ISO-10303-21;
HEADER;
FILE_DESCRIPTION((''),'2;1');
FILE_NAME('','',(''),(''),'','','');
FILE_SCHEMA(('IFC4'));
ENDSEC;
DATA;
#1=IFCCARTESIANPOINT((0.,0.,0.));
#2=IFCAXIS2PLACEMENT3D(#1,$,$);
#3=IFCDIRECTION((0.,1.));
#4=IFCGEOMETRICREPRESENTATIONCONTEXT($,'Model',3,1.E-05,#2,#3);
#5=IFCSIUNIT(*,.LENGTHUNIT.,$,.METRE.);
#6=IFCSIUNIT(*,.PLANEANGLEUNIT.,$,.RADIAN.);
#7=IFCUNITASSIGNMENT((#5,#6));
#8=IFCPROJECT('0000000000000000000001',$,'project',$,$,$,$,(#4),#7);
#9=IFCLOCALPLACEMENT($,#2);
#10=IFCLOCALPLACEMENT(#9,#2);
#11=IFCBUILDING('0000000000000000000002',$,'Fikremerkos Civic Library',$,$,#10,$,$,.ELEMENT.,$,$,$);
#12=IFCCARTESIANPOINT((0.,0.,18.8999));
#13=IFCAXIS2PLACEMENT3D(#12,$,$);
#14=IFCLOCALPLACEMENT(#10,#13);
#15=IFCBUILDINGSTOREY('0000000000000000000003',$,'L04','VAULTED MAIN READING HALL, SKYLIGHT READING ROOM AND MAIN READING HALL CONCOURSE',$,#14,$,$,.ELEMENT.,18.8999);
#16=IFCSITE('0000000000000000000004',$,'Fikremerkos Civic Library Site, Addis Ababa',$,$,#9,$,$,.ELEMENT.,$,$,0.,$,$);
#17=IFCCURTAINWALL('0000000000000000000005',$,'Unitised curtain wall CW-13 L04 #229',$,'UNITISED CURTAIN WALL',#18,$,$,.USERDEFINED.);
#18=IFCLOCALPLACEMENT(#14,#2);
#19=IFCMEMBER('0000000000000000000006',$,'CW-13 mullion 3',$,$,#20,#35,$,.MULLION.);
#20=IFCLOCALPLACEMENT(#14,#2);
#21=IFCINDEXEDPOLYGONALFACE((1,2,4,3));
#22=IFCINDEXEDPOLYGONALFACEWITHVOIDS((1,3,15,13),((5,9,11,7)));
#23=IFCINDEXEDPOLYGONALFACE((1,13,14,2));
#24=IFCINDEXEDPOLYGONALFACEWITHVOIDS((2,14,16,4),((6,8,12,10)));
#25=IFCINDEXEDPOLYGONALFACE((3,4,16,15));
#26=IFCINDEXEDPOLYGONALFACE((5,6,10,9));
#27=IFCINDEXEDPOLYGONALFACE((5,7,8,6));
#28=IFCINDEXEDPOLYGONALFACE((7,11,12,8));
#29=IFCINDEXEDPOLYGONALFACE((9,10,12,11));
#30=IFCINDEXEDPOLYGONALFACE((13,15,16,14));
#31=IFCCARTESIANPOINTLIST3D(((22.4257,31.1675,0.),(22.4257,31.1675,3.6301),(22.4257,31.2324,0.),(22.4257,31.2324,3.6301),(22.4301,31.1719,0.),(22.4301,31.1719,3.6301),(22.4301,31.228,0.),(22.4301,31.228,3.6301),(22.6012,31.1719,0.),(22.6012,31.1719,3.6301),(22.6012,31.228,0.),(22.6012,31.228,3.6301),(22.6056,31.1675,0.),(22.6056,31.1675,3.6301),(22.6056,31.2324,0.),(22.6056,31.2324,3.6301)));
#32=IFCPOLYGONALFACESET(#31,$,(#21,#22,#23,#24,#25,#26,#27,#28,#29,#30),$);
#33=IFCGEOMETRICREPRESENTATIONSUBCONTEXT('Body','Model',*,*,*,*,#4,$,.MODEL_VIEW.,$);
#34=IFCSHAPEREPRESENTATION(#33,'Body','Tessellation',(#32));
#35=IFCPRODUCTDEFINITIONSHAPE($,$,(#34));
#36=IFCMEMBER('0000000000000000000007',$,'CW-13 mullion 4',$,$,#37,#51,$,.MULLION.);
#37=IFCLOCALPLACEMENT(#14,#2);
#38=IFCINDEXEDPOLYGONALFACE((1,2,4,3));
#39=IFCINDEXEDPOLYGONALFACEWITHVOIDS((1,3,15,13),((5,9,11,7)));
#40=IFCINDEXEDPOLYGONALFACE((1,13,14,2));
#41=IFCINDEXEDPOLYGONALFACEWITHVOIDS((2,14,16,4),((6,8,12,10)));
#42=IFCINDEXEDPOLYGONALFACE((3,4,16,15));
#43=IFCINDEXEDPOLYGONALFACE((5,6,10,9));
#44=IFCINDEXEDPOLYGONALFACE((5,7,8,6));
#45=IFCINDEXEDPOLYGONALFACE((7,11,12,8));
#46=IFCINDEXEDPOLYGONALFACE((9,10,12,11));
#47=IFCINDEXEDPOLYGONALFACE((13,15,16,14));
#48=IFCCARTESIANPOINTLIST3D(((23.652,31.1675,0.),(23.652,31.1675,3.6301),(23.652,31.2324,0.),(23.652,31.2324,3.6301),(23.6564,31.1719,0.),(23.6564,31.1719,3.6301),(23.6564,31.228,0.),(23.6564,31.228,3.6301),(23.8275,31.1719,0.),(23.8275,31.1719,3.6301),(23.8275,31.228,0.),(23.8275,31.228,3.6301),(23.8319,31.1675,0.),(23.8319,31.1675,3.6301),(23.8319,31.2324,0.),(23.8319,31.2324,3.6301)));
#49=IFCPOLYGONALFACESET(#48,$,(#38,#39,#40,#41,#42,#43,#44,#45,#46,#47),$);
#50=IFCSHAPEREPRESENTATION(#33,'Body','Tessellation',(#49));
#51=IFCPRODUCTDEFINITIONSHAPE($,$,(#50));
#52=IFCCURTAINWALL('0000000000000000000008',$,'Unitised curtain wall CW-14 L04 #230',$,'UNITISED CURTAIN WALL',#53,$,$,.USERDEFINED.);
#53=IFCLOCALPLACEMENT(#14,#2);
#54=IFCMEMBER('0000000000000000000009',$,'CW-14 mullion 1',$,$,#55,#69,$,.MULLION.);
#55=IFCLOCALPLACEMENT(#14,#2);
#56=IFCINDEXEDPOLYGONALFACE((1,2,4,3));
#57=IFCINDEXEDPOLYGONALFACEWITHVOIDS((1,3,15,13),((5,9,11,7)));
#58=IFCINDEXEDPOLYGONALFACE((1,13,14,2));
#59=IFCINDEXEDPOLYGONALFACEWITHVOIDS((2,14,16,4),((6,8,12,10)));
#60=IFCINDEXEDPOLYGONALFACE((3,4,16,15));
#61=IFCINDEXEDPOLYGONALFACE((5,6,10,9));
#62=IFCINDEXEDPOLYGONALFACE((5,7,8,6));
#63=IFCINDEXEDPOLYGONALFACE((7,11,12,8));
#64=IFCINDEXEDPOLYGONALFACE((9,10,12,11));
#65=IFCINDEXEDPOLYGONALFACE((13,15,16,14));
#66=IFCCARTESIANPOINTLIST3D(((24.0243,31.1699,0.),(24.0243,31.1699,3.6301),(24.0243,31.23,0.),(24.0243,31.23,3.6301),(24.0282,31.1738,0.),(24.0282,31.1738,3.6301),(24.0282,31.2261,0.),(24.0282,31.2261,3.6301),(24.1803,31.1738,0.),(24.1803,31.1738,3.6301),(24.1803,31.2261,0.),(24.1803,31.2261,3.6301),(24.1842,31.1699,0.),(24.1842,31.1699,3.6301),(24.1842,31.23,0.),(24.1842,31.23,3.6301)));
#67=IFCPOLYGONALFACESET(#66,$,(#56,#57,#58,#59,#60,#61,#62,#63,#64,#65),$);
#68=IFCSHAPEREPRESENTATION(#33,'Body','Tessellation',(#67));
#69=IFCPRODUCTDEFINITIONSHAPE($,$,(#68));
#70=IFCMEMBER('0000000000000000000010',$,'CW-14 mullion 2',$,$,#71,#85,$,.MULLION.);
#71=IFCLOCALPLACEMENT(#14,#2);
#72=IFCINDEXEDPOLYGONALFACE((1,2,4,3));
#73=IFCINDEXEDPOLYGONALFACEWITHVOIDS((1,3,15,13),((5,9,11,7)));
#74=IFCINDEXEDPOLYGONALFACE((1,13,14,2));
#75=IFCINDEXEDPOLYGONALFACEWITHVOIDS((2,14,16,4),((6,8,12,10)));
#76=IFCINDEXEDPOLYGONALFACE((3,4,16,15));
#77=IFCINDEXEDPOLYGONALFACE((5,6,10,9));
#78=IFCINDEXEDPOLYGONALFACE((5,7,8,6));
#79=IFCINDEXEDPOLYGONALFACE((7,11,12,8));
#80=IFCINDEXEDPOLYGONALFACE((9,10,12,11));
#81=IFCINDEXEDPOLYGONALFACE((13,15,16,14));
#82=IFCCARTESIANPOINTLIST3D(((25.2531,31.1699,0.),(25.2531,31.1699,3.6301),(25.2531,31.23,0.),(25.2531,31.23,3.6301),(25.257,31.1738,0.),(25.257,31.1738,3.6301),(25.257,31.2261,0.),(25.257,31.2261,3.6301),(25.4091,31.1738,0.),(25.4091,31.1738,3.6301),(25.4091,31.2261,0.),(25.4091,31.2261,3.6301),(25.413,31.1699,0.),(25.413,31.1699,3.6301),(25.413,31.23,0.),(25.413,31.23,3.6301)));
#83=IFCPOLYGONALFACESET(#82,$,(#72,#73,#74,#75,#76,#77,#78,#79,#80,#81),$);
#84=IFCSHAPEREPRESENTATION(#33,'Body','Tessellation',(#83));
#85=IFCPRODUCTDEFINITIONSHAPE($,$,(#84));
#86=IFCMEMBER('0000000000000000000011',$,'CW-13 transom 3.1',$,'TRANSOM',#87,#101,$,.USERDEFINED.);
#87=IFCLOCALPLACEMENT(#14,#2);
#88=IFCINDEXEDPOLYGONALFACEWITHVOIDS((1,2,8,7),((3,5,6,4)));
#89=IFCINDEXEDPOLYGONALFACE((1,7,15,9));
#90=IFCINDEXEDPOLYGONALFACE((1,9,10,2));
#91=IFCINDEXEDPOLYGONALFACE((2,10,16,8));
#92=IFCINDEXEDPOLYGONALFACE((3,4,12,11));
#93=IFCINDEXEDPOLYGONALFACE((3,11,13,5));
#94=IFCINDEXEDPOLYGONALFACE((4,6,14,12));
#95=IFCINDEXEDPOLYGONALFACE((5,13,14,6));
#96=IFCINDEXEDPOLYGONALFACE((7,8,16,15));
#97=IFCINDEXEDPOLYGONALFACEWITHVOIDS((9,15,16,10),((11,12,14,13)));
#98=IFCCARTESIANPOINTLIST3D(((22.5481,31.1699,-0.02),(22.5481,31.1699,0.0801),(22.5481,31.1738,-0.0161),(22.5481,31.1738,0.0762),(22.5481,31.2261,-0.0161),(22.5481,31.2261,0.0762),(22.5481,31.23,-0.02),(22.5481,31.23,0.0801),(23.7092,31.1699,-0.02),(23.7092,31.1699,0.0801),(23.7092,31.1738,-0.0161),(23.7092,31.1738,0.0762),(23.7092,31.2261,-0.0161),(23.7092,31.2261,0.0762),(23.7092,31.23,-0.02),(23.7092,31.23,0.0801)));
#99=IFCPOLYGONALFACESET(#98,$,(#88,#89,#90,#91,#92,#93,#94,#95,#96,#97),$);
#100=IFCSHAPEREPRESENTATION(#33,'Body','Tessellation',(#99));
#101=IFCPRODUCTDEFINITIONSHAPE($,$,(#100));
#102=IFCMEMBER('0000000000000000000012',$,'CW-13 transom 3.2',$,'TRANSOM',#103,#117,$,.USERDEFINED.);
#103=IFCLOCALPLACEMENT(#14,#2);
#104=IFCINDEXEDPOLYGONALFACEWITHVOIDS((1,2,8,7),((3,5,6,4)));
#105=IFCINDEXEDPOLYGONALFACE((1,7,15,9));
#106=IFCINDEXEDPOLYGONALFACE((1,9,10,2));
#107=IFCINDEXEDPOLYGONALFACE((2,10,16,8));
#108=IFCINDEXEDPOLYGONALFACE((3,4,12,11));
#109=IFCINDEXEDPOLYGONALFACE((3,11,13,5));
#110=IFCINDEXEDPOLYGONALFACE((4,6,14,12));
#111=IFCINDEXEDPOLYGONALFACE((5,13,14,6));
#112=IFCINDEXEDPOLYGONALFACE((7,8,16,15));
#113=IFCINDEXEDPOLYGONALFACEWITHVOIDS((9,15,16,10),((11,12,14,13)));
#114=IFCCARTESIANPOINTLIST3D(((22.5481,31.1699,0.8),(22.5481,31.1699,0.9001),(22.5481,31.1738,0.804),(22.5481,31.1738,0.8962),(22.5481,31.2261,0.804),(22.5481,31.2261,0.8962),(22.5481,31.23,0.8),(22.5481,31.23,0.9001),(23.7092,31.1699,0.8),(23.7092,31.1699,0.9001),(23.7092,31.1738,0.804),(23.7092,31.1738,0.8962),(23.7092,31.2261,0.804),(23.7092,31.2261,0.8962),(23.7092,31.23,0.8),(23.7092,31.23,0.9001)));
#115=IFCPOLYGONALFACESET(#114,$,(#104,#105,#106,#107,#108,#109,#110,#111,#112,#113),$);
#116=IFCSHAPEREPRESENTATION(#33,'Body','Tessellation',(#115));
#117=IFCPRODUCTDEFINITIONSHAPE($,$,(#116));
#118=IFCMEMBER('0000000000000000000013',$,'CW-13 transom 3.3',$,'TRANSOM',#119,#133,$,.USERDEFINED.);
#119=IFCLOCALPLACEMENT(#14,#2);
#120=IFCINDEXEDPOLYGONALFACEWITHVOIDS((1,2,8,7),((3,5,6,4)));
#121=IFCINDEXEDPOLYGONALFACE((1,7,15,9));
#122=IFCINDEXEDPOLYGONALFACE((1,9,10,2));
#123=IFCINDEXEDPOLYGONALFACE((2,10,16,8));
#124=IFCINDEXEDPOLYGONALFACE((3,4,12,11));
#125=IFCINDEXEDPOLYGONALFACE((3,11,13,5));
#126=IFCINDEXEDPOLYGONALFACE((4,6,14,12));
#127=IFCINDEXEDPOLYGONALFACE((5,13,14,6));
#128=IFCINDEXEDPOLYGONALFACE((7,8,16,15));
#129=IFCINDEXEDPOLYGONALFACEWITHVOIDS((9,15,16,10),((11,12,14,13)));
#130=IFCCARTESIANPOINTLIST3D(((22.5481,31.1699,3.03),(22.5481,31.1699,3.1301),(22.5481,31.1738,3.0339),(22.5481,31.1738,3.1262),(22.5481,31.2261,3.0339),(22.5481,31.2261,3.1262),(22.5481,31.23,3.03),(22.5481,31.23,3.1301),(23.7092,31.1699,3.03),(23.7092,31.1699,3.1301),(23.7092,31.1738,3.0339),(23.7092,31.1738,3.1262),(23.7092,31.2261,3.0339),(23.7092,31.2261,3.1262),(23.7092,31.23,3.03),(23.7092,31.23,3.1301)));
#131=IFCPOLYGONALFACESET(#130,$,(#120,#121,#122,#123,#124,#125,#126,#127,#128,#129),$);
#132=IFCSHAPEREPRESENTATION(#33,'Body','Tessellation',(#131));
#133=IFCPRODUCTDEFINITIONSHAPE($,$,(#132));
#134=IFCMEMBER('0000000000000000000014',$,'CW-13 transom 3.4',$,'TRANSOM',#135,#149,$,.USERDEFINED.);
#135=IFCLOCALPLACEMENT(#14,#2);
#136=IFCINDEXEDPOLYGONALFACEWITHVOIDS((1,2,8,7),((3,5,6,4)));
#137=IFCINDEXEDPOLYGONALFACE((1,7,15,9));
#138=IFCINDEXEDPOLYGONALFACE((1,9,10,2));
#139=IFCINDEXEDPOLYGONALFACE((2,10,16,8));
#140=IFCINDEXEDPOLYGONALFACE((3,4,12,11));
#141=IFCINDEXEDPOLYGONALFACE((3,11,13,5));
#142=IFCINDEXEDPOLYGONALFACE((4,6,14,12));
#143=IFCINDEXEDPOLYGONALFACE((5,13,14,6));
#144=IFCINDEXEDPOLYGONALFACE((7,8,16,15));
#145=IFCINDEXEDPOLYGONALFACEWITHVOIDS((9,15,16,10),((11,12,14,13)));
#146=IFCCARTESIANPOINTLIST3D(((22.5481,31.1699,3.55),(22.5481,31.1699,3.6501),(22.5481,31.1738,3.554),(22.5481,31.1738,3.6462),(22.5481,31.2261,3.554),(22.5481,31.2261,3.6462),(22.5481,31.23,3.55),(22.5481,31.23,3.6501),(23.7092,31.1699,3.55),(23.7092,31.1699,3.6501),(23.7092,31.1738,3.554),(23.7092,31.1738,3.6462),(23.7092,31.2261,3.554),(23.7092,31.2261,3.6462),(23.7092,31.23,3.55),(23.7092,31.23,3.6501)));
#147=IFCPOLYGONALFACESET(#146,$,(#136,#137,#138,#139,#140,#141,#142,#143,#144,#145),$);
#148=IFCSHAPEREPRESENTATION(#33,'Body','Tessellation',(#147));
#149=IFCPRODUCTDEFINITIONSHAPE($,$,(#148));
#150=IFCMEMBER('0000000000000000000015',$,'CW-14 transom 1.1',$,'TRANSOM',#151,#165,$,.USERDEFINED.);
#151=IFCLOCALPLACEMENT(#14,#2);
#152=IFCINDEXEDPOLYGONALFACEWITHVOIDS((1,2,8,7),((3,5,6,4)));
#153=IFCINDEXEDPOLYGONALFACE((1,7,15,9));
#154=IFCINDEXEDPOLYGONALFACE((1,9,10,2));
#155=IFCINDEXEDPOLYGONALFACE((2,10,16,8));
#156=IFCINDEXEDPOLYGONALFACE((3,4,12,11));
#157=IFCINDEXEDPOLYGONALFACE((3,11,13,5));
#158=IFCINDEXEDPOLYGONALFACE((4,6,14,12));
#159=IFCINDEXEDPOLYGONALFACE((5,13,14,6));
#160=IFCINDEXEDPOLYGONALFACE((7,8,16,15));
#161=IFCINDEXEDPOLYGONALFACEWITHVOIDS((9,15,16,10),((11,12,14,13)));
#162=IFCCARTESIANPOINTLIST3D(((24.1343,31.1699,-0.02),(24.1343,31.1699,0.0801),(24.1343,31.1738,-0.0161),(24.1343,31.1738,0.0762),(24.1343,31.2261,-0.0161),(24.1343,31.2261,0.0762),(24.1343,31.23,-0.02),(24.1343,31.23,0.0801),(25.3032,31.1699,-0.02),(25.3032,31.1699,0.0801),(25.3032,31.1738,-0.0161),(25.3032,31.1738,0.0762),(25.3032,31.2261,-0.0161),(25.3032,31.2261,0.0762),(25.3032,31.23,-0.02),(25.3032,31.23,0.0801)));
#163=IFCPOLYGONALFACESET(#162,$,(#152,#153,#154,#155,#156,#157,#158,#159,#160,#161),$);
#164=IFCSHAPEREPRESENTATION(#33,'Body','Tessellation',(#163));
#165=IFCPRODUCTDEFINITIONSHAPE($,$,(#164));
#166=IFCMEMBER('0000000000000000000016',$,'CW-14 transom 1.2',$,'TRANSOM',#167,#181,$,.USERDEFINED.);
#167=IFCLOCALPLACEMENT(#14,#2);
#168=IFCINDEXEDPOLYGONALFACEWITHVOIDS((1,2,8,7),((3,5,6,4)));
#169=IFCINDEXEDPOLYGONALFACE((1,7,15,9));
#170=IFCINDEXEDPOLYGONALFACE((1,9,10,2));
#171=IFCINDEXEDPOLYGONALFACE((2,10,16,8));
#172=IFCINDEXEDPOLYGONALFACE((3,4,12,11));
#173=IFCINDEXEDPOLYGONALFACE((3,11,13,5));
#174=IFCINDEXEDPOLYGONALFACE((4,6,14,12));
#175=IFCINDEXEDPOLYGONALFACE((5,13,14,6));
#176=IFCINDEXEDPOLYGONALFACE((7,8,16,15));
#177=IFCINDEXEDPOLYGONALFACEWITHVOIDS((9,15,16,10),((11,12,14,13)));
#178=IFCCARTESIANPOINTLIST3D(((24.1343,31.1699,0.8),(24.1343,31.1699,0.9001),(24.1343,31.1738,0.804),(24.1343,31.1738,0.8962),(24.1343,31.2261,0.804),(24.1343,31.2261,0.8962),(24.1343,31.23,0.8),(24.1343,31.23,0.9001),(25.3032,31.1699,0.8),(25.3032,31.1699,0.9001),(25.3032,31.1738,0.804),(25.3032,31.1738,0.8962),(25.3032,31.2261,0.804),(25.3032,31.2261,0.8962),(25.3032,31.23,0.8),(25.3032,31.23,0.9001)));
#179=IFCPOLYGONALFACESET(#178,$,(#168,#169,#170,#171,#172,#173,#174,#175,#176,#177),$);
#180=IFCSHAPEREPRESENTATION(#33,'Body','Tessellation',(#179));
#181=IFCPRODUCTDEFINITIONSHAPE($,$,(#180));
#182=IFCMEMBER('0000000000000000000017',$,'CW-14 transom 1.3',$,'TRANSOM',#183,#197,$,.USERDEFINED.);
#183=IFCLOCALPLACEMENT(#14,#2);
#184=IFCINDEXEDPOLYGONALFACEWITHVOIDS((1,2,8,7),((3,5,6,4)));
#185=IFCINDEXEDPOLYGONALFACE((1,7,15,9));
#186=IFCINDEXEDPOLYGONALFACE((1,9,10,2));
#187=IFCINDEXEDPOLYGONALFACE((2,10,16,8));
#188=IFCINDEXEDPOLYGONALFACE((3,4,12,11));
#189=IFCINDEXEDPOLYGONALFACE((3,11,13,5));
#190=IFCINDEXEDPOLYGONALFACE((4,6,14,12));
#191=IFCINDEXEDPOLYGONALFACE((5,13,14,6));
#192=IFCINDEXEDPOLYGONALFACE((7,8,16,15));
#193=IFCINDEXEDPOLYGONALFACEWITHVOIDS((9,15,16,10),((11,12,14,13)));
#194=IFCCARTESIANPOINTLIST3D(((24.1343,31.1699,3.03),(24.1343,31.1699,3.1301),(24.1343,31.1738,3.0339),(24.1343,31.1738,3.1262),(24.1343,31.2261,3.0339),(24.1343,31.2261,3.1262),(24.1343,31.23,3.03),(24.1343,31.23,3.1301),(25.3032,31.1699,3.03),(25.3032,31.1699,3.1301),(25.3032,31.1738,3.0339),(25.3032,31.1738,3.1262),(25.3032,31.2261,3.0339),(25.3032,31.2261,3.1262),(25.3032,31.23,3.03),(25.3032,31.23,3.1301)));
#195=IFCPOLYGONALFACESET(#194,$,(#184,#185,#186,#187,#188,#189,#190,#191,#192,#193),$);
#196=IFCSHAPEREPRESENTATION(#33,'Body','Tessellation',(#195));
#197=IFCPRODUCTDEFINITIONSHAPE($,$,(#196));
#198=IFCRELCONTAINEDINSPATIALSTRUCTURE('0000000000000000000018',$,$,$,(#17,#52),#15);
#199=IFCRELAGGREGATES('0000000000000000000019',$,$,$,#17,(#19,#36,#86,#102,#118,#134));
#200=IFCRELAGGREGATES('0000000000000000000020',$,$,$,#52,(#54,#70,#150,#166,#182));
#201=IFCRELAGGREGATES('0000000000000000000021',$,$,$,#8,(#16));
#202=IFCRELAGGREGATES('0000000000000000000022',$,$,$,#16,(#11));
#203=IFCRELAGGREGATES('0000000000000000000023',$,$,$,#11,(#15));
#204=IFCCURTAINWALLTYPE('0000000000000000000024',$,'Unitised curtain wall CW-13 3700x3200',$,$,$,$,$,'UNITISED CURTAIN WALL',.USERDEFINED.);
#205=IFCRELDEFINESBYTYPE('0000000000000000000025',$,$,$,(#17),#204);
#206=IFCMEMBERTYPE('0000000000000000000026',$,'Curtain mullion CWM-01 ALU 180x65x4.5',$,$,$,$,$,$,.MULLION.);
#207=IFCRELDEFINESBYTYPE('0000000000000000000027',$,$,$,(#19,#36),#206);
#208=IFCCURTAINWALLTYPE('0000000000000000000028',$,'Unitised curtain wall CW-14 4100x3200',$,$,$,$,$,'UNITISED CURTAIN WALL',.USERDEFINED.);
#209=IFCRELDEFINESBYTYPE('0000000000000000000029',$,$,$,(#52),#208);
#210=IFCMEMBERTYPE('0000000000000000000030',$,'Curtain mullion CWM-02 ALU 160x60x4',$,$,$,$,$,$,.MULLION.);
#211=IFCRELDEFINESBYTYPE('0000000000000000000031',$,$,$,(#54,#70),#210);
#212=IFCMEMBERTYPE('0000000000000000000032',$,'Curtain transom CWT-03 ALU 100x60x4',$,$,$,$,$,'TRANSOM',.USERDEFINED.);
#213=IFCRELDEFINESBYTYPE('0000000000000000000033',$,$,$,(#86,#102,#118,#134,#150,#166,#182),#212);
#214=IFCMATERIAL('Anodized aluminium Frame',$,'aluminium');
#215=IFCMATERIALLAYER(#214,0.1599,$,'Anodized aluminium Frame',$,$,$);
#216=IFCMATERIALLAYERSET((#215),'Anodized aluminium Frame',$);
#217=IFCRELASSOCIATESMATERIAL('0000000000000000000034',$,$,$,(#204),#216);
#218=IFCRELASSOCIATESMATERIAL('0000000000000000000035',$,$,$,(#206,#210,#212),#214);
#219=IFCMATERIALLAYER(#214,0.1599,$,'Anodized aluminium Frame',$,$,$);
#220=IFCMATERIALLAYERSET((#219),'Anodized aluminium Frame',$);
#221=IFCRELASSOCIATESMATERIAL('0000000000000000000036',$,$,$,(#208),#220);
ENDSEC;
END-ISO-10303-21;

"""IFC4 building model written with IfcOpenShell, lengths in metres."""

from ifc_helpers import new_model, si_unit, direction, frame, origin, origin_2d, place, context, subcontext, project, spatial, hollow_rectangle, extrude, material, layer, layer_set, material_profile, profile_set, type_object, element, aggregate, save


model = new_model("IFC4")

# Units and contexts
model_context = context("Model", 3, precision=1e-05, world=origin(), true_north=direction((0.0, 1.0)))
body_context = subcontext(model_context, "Body", "Model", "MODEL_VIEW")
ifc_project = project(units=[si_unit("LENGTHUNIT", "METRE"), si_unit("PLANEANGLEUNIT", "RADIAN")], contexts=[model_context])

# Site, building, storey
site_placement = place(None, origin())
site = spatial("IfcSite", under=ifc_project, at=site_placement, Name="Fikremerkos Civic Library Site, Addis Ababa", CompositionType="ELEMENT", RefElevation=0.0)
building_placement = place(site_placement, origin())
building = spatial("IfcBuilding", under=site, at=building_placement, Name="Fikremerkos Civic Library", CompositionType="ELEMENT")
storey_placement = place(building_placement, frame((0.0, 0.0, 18.8999)))
storey = spatial("IfcBuildingStorey", under=building, at=storey_placement, Name="L04", Description="VAULTED MAIN READING HALL, SKYLIGHT READING ROOM AND MAIN READING HALL CONCOURSE", CompositionType="ELEMENT", Elevation=18.8999)

# Curtain walls, members
ifc_material_1 = material(Name="Anodized aluminium Frame", Category="aluminium")
ifc_layer_1 = layer(ifc_material_1, 0.1599, Name="Anodized aluminium Frame")
ifc_layer_set_1 = layer_set([ifc_layer_1], Name="Anodized aluminium Frame")
curtain_wall_type_1 = type_object("IfcCurtainWallType", Name="Unitised curtain wall CW-13 3700x3200", ElementType="UNITISED CURTAIN WALL", PredefinedType="USERDEFINED", material=ifc_layer_set_1)
curtain_wall_1_placement = place(storey_placement, origin())
curtain_wall_1 = element("IfcCurtainWall", 1, at=curtain_wall_1_placement, inside=storey, type_object=curtain_wall_type_1, Name="Unitised curtain wall CW-13 L04 #229", ObjectType="UNITISED CURTAIN WALL", PredefinedType="USERDEFINED")
ifc_material_profile_1 = material_profile(ifc_material_1, hollow_rectangle(XDim=0.0649, YDim=0.1799, WallThickness=0.0044, at=origin_2d()), Name="ALU 180x65x4.5")
ifc_profile_set_1 = profile_set([ifc_material_profile_1], Name="Anodized aluminium Frame")
member_type_1 = type_object("IfcMemberType", Name="Curtain mullion CWM-01 ALU 180x65x4.5", PredefinedType="MULLION", material=ifc_profile_set_1)
member_1_placement = place(storey_placement, frame((22.5156, 31.2, 0.0), z_axis=(0.0, 0.0, 1.0), x_axis=(0.0, 1.0, 0.0)))
member_1 = element("IfcMember", 2, at=member_1_placement, type_object=member_type_1, Name="CW-13 mullion 3", PredefinedType="MULLION", context=body_context, shape_type="SweptSolid", body=[
    extrude(hollow_rectangle(XDim=0.0649, YDim=0.1799, WallThickness=0.0044, at=origin_2d()), origin(), (0.0, 0.0, 1.0), 3.6301),
])
member_2_placement = place(storey_placement, frame((23.7419, 31.2, 0.0), z_axis=(0.0, 0.0, 1.0), x_axis=(0.0, 1.0, 0.0)))
member_2 = element("IfcMember", 3, at=member_2_placement, type_object=member_type_1, Name="CW-13 mullion 4", PredefinedType="MULLION", context=body_context, shape_type="SweptSolid", body=[
    extrude(hollow_rectangle(XDim=0.0649, YDim=0.1799, WallThickness=0.0044, at=origin_2d()), origin(), (0.0, 0.0, 1.0), 3.6301),
])
ifc_layer_2 = layer(ifc_material_1, 0.1599, Name="Anodized aluminium Frame")
ifc_layer_set_2 = layer_set([ifc_layer_2], Name="Anodized aluminium Frame")
curtain_wall_type_2 = type_object("IfcCurtainWallType", Name="Unitised curtain wall CW-14 4100x3200", ElementType="UNITISED CURTAIN WALL", PredefinedType="USERDEFINED", material=ifc_layer_set_2)
curtain_wall_2_placement = place(storey_placement, origin())
curtain_wall_2 = element("IfcCurtainWall", 4, at=curtain_wall_2_placement, inside=storey, type_object=curtain_wall_type_2, Name="Unitised curtain wall CW-14 L04 #230", ObjectType="UNITISED CURTAIN WALL", PredefinedType="USERDEFINED")
ifc_material_profile_2 = material_profile(ifc_material_1, hollow_rectangle(XDim=0.0601, YDim=0.1599, WallThickness=0.0039, at=origin_2d()), Name="ALU 160x60x4")
ifc_profile_set_2 = profile_set([ifc_material_profile_2], Name="Anodized aluminium Frame")
member_type_2 = type_object("IfcMemberType", Name="Curtain mullion CWM-02 ALU 160x60x4", PredefinedType="MULLION", material=ifc_profile_set_2)
member_3_placement = place(storey_placement, frame((24.1042, 31.2, 0.0), z_axis=(0.0, 0.0, 1.0), x_axis=(0.0, 1.0, 0.0)))
member_3 = element("IfcMember", 5, at=member_3_placement, type_object=member_type_2, Name="CW-14 mullion 1", PredefinedType="MULLION", context=body_context, shape_type="SweptSolid", body=[
    extrude(hollow_rectangle(XDim=0.0601, YDim=0.1599, WallThickness=0.0039, at=origin_2d()), origin(), (0.0, 0.0, 1.0), 3.6301),
])
member_4_placement = place(storey_placement, frame((25.333, 31.2, 0.0), z_axis=(0.0, 0.0, 1.0), x_axis=(0.0, 1.0, 0.0)))
member_4 = element("IfcMember", 6, at=member_4_placement, type_object=member_type_2, Name="CW-14 mullion 2", PredefinedType="MULLION", context=body_context, shape_type="SweptSolid", body=[
    extrude(hollow_rectangle(XDim=0.0601, YDim=0.1599, WallThickness=0.0039, at=origin_2d()), origin(), (0.0, 0.0, 1.0), 3.6301),
])

# Members
ifc_material_profile_3 = material_profile(ifc_material_1, hollow_rectangle(XDim=0.0601, YDim=0.1001, WallThickness=0.0039, at=origin_2d()), Name="ALU 100x60x4")
ifc_profile_set_3 = profile_set([ifc_material_profile_3], Name="Anodized aluminium Frame")
member_type_3 = type_object("IfcMemberType", Name="Curtain transom CWT-03 ALU 100x60x4", ElementType="TRANSOM", PredefinedType="USERDEFINED", material=ifc_profile_set_3)
member_5_placement = place(storey_placement, frame((22.5481, 31.2, 0.03), z_axis=(1.0, 0.0, 0.0), x_axis=(0.0, 1.0, 0.0)))
member_5 = element("IfcMember", 7, at=member_5_placement, type_object=member_type_3, Name="CW-13 transom 3.1", ObjectType="TRANSOM", PredefinedType="USERDEFINED", context=body_context, shape_type="SweptSolid", body=[
    extrude(hollow_rectangle(XDim=0.0601, YDim=0.1001, WallThickness=0.0039, at=origin_2d()), origin(), (0.0, 0.0, 1.0), 1.1611),
])
member_6_placement = place(storey_placement, frame((22.5481, 31.2, 0.8501), z_axis=(1.0, 0.0, 0.0), x_axis=(0.0, 1.0, 0.0)))
member_6 = element("IfcMember", 8, at=member_6_placement, type_object=member_type_3, Name="CW-13 transom 3.2", ObjectType="TRANSOM", PredefinedType="USERDEFINED", context=body_context, shape_type="SweptSolid", body=[
    extrude(hollow_rectangle(XDim=0.0601, YDim=0.1001, WallThickness=0.0039, at=origin_2d()), origin(), (0.0, 0.0, 1.0), 1.1611),
])
member_7_placement = place(storey_placement, frame((22.5481, 31.2, 3.0801), z_axis=(1.0, 0.0, 0.0), x_axis=(0.0, 1.0, 0.0)))
member_7 = element("IfcMember", 9, at=member_7_placement, type_object=member_type_3, Name="CW-13 transom 3.3", ObjectType="TRANSOM", PredefinedType="USERDEFINED", context=body_context, shape_type="SweptSolid", body=[
    extrude(hollow_rectangle(XDim=0.0601, YDim=0.1001, WallThickness=0.0039, at=origin_2d()), origin(), (0.0, 0.0, 1.0), 1.1611),
])
member_8_placement = place(storey_placement, frame((22.5481, 31.2, 3.6001), z_axis=(1.0, 0.0, 0.0), x_axis=(0.0, 1.0, 0.0)))
member_8 = element("IfcMember", 10, at=member_8_placement, type_object=member_type_3, Name="CW-13 transom 3.4", ObjectType="TRANSOM", PredefinedType="USERDEFINED", context=body_context, shape_type="SweptSolid", body=[
    extrude(hollow_rectangle(XDim=0.0601, YDim=0.1001, WallThickness=0.0039, at=origin_2d()), origin(), (0.0, 0.0, 1.0), 1.1611),
])
member_9_placement = place(storey_placement, frame((24.1343, 31.2, 0.03), z_axis=(1.0, 0.0, 0.0), x_axis=(0.0, 1.0, 0.0)))
member_9 = element("IfcMember", 11, at=member_9_placement, type_object=member_type_3, Name="CW-14 transom 1.1", ObjectType="TRANSOM", PredefinedType="USERDEFINED", context=body_context, shape_type="SweptSolid", body=[
    extrude(hollow_rectangle(XDim=0.0601, YDim=0.1001, WallThickness=0.0039, at=origin_2d()), origin(), (0.0, 0.0, 1.0), 1.1689),
])
member_10_placement = place(storey_placement, frame((24.1343, 31.2, 0.8501), z_axis=(1.0, 0.0, 0.0), x_axis=(0.0, 1.0, 0.0)))
member_10 = element("IfcMember", 12, at=member_10_placement, type_object=member_type_3, Name="CW-14 transom 1.2", ObjectType="TRANSOM", PredefinedType="USERDEFINED", context=body_context, shape_type="SweptSolid", body=[
    extrude(hollow_rectangle(XDim=0.0601, YDim=0.1001, WallThickness=0.0039, at=origin_2d()), origin(), (0.0, 0.0, 1.0), 1.1689),
])
member_11_placement = place(storey_placement, frame((24.1343, 31.2, 3.0801), z_axis=(1.0, 0.0, 0.0), x_axis=(0.0, 1.0, 0.0)))
member_11 = element("IfcMember", 13, at=member_11_placement, type_object=member_type_3, Name="CW-14 transom 1.3", ObjectType="TRANSOM", PredefinedType="USERDEFINED", context=body_context, shape_type="SweptSolid", body=[
    extrude(hollow_rectangle(XDim=0.0601, YDim=0.1001, WallThickness=0.0039, at=origin_2d()), origin(), (0.0, 0.0, 1.0), 1.1689),
])

aggregate(curtain_wall_1, [member_1, member_2, member_5, member_6, member_7, member_8])
aggregate(curtain_wall_2, [member_3, member_4, member_9, member_10, member_11])

save(model, "model.ifc")
